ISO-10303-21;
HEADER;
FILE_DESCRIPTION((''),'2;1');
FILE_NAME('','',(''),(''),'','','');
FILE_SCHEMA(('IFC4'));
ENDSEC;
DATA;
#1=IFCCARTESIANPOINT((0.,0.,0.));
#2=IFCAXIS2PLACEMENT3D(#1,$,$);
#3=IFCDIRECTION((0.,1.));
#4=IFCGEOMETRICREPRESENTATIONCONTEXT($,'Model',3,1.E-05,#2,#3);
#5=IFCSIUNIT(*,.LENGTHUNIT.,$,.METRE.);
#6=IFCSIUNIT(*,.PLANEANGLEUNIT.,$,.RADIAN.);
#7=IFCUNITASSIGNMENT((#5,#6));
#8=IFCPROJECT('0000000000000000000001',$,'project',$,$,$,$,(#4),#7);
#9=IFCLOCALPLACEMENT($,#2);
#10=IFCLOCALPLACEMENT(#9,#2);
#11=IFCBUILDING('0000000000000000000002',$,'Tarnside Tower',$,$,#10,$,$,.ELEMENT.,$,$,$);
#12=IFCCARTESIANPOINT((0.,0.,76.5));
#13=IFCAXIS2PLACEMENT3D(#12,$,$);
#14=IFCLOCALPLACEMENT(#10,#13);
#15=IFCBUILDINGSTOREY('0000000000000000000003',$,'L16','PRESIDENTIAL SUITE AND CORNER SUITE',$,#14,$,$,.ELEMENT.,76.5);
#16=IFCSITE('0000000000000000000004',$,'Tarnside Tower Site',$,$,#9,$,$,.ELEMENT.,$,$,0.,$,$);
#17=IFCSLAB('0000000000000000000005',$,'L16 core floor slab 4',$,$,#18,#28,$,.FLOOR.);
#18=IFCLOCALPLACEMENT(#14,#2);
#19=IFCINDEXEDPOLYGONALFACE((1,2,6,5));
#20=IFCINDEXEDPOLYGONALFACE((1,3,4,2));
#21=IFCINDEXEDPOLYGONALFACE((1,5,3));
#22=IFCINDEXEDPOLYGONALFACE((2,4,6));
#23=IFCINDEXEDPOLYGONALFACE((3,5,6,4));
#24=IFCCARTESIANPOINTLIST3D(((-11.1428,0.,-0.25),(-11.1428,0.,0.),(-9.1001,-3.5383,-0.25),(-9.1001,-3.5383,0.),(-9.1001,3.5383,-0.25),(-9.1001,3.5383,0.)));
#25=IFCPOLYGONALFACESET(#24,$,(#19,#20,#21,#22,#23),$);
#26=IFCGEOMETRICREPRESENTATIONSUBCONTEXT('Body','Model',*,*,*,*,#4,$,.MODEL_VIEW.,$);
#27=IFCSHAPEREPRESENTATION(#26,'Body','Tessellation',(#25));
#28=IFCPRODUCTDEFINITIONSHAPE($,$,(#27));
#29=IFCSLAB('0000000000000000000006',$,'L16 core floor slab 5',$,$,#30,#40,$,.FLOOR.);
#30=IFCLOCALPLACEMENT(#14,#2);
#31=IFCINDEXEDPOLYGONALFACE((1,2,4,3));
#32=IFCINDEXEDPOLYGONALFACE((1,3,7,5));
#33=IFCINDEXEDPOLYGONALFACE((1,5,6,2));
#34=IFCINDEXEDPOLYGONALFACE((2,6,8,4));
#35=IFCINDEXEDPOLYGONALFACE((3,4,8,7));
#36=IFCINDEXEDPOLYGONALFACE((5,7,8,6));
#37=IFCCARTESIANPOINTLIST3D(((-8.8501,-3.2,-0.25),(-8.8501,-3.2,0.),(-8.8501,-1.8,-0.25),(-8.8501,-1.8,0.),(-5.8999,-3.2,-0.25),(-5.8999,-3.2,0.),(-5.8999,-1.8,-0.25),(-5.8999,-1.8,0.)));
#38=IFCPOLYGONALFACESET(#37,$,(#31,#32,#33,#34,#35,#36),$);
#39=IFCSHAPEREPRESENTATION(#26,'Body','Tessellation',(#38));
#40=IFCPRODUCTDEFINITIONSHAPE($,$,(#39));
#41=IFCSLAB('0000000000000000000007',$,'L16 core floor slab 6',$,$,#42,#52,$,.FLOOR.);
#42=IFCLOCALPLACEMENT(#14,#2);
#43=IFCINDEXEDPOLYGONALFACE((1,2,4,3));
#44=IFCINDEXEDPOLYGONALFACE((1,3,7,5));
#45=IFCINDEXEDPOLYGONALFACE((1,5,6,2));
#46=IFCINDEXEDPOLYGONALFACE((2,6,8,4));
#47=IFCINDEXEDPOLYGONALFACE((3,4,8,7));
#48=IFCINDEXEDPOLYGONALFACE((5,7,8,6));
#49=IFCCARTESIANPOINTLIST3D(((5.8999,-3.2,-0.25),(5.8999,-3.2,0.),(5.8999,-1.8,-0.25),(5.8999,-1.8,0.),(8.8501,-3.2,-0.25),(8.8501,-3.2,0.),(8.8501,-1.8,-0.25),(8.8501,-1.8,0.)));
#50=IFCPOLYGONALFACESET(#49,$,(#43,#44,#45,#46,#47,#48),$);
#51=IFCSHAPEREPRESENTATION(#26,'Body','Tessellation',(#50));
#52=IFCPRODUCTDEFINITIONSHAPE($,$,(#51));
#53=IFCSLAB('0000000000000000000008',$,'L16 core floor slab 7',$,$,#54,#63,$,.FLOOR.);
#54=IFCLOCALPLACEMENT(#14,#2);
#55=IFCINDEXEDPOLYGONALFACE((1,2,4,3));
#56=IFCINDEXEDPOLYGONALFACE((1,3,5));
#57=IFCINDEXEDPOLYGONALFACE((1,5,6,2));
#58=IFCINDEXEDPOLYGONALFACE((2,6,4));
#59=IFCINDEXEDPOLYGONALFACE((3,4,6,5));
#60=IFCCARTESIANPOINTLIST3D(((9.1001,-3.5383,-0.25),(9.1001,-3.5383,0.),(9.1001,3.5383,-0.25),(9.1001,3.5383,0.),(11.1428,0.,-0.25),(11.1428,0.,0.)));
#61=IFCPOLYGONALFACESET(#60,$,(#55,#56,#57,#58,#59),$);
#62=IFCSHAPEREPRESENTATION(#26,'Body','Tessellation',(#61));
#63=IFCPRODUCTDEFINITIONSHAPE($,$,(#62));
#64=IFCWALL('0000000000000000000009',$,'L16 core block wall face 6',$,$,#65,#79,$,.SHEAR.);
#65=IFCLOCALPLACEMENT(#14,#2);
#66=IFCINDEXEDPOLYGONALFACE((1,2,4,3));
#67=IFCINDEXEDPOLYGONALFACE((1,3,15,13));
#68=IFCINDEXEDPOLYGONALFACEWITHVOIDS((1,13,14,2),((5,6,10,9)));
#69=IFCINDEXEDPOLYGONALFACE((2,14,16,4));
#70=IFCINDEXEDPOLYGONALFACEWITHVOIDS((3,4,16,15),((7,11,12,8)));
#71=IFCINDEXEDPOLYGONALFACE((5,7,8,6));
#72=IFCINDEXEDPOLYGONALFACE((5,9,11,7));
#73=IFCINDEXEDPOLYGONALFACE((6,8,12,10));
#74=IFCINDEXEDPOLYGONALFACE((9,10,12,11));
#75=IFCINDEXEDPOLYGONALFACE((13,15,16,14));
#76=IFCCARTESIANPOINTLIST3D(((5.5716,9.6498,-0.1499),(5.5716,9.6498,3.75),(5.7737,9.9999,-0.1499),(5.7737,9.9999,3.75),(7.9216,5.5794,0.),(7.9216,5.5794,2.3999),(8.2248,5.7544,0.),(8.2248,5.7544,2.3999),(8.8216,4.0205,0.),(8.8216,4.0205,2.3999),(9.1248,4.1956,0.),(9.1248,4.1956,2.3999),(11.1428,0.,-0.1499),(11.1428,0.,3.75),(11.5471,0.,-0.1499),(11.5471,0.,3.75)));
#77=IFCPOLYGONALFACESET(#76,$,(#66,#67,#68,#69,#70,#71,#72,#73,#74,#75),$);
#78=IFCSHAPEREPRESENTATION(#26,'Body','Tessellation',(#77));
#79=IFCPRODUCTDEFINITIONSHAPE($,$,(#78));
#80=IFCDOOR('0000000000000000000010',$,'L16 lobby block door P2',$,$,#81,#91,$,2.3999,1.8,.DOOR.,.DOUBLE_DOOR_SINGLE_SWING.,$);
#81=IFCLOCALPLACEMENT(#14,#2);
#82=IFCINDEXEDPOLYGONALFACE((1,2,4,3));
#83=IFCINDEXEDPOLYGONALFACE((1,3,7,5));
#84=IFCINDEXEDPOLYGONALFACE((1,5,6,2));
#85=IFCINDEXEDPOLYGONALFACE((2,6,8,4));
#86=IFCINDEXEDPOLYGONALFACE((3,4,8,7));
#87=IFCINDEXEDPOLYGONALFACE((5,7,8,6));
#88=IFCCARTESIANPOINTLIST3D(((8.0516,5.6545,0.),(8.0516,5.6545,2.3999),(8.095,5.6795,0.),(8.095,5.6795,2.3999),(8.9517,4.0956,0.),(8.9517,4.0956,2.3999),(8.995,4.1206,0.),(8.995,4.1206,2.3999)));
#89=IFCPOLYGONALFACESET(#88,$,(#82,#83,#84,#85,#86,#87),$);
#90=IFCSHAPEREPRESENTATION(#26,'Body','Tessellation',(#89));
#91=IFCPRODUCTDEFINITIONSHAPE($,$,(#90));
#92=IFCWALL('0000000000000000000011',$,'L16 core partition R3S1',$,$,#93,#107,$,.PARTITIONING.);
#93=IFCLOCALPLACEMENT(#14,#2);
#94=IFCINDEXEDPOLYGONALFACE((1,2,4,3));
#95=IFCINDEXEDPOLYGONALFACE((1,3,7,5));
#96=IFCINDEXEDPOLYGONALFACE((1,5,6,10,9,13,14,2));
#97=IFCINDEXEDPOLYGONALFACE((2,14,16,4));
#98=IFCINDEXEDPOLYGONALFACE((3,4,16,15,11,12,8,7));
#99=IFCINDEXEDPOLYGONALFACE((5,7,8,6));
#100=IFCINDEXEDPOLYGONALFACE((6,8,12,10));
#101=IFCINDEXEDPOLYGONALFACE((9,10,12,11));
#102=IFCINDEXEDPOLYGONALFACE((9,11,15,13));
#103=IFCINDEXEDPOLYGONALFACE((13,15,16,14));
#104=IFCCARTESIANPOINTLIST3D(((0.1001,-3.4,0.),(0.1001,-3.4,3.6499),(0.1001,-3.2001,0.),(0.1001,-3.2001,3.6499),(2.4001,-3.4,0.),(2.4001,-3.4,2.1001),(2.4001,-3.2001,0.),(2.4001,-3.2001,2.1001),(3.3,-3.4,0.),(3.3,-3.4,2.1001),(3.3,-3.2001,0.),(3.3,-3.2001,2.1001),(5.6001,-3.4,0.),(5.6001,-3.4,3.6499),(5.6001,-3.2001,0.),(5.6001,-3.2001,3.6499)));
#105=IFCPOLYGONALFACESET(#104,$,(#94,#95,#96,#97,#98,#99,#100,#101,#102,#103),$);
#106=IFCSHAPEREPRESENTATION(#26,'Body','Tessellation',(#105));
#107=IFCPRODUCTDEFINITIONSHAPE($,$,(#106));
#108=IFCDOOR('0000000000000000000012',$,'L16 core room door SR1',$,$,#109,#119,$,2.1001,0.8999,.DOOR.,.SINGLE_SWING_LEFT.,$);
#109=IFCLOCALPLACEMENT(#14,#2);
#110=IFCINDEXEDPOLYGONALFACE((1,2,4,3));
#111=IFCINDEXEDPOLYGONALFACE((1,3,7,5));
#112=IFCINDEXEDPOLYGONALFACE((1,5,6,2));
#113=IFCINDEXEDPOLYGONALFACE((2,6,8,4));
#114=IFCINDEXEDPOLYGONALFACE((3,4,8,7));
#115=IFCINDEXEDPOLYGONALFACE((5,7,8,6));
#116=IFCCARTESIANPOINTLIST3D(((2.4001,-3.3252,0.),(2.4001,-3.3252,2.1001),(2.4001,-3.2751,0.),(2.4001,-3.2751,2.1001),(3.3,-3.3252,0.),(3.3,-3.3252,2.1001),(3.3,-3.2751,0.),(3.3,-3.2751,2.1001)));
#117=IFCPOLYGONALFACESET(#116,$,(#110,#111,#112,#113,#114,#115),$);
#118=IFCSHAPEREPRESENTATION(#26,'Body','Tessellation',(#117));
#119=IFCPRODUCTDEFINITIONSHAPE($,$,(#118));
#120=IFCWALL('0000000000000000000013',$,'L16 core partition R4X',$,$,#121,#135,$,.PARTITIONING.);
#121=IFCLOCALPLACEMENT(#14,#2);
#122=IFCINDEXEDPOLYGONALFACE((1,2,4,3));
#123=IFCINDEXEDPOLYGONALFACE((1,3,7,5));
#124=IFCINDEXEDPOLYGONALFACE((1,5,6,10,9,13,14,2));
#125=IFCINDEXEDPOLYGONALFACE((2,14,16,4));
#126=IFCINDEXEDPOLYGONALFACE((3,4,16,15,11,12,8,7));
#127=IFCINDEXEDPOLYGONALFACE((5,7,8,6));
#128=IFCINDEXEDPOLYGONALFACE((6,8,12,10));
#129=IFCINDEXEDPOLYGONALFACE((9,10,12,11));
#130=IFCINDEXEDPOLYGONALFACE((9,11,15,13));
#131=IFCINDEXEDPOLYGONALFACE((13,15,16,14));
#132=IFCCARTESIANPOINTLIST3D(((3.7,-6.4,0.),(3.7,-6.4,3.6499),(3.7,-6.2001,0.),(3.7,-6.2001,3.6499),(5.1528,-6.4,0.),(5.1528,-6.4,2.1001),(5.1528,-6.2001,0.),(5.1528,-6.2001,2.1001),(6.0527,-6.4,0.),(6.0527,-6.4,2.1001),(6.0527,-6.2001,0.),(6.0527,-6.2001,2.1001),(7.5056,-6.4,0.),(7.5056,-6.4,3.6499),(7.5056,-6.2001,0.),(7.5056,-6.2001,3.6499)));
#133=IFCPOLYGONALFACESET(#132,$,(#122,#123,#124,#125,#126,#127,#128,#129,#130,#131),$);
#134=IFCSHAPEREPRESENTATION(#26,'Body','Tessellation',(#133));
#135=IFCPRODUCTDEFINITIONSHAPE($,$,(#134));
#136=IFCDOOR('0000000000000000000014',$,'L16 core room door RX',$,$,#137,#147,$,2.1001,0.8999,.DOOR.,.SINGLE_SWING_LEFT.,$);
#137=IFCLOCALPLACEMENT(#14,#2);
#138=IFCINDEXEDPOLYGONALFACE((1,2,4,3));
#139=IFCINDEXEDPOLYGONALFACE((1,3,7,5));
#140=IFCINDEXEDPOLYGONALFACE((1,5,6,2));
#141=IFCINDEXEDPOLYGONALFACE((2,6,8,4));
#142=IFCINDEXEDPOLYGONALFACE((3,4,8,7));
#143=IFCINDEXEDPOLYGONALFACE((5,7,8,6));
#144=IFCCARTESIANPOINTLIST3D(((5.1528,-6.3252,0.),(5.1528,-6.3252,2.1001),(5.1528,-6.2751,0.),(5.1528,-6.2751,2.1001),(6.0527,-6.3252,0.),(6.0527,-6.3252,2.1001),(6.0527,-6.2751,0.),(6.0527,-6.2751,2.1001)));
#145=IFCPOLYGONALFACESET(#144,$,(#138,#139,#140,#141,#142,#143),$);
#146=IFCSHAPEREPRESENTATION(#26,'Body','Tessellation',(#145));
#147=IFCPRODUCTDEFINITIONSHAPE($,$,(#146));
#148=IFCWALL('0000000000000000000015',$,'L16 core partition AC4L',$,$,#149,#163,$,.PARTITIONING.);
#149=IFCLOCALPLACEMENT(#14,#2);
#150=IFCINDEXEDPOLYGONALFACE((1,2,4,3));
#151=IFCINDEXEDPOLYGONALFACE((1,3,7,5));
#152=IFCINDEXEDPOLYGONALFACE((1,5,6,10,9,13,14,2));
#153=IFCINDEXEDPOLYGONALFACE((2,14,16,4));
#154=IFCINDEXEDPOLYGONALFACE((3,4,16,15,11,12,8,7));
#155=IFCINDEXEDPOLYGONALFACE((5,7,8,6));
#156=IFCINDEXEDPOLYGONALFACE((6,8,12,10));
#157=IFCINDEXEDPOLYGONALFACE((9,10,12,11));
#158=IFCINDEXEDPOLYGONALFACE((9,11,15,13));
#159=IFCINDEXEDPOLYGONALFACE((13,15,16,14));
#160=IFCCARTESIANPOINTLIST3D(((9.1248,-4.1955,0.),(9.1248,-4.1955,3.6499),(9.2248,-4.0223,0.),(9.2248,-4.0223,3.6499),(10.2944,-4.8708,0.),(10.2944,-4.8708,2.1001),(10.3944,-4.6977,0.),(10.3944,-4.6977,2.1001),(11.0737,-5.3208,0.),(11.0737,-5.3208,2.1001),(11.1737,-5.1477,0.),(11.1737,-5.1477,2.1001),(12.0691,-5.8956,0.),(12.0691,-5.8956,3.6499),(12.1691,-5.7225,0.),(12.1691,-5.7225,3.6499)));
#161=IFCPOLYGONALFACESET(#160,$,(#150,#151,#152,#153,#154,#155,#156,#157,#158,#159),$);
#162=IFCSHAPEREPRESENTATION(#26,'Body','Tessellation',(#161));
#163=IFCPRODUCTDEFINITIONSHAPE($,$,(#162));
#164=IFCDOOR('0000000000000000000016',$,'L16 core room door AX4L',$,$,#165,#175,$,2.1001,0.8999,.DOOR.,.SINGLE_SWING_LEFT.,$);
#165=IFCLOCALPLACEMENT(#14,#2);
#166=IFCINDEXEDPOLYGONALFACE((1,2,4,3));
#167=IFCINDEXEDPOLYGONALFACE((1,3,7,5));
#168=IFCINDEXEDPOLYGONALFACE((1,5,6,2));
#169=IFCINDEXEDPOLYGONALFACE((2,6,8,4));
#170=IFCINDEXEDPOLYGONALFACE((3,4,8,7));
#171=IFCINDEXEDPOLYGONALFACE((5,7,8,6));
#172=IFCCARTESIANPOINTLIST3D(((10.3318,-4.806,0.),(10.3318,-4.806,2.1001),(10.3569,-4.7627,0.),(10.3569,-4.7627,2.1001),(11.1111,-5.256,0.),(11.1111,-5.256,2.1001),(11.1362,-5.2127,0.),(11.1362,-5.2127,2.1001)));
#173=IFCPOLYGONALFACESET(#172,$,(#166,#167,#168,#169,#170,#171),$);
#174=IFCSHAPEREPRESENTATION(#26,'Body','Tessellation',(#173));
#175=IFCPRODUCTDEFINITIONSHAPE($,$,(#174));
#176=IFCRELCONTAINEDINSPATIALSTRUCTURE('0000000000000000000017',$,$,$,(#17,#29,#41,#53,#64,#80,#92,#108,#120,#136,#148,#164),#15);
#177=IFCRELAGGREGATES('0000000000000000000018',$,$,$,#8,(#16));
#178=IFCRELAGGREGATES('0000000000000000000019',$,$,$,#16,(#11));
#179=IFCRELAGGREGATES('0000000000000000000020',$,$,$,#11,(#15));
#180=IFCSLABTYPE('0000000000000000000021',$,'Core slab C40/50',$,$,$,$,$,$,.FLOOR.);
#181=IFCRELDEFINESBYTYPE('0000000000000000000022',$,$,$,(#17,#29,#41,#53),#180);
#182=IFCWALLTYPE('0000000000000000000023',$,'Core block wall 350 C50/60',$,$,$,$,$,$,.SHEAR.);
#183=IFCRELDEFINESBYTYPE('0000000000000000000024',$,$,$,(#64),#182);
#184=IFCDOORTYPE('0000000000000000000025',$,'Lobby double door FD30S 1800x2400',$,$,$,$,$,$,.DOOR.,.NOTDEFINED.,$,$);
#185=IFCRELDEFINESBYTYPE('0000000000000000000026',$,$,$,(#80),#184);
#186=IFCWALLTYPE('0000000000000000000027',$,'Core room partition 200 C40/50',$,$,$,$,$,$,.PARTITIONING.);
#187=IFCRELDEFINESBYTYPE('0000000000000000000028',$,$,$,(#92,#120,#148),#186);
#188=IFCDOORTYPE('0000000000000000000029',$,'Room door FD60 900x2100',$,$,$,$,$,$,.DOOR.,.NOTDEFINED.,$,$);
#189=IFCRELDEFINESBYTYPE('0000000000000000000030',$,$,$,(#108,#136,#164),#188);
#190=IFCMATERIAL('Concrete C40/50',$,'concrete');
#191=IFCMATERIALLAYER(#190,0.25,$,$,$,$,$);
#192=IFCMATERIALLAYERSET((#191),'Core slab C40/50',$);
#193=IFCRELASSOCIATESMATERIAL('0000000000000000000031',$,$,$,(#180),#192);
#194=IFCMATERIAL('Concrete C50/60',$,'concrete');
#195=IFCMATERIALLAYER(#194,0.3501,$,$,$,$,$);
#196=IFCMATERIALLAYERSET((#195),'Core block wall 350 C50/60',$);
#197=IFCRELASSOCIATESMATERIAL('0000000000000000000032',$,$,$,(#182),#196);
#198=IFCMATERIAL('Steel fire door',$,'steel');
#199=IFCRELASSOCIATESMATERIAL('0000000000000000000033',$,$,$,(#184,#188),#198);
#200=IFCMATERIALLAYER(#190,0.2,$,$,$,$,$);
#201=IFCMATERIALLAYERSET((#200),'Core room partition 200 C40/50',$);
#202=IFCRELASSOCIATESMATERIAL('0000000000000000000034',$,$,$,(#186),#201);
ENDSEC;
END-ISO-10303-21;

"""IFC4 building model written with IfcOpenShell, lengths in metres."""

from ifc_helpers import new_model, si_unit, direction, frame, frame_2d, origin, place, context, subcontext, project, spatial, polyline, rectangle, outline, extrude, material, layer, layer_set, type_object, element, fill, save


model = new_model("IFC4")

# Units and contexts
model_context = context("Model", 3, precision=1e-05, world=origin(), true_north=direction((0.0, 1.0)))
body_context = subcontext(model_context, "Body", "Model", "MODEL_VIEW")
ifc_project = project(units=[si_unit("LENGTHUNIT", "METRE"), si_unit("PLANEANGLEUNIT", "RADIAN")], contexts=[model_context])

# Site, building, storey
site_placement = place(None, origin())
site = spatial("IfcSite", under=ifc_project, at=site_placement, Name="Tarnside Tower Site", CompositionType="ELEMENT", RefElevation=0.0)
building_placement = place(site_placement, origin())
building = spatial("IfcBuilding", under=site, at=building_placement, Name="Tarnside Tower", CompositionType="ELEMENT")
storey_placement = place(building_placement, frame((0.0, 0.0, 76.5)))
storey = spatial("IfcBuildingStorey", under=building, at=storey_placement, Name="L16", Description="PRESIDENTIAL SUITE AND CORNER SUITE", CompositionType="ELEMENT", Elevation=76.5)

# Slabs
ifc_material_1 = material(Name="Concrete C40/50", Category="concrete")
ifc_layer_1 = layer(ifc_material_1, 0.25)
ifc_layer_set_1 = layer_set([ifc_layer_1], Name="Core slab C40/50")
slab_type = type_object("IfcSlabType", Name="Core slab C40/50", PredefinedType="FLOOR", material=ifc_layer_set_1)
slab_1_placement = place(storey_placement, frame((0.0, 0.0, -0.25)))
element("IfcSlab", 1, at=slab_1_placement, inside=storey, type_object=slab_type, Name="L16 core floor slab 4", PredefinedType="FLOOR", context=body_context, shape_type="SweptSolid", body=[
    extrude(outline(polyline([(-11.1428, 0.0), (-9.1001, 3.5383), (-9.1001, -3.5383), (-11.1428, 0.0)])), origin(), (0.0, 0.0, 1.0), 0.25),
])
slab_2_placement = place(storey_placement, frame((0.0, 0.0, -0.25)))
element("IfcSlab", 2, at=slab_2_placement, inside=storey, type_object=slab_type, Name="L16 core floor slab 5", PredefinedType="FLOOR", context=body_context, shape_type="SweptSolid", body=[
    extrude(outline(polyline([(-8.8501, -1.8), (-5.8999, -1.8), (-5.8999, -3.2), (-8.8501, -3.2), (-8.8501, -1.8)])), origin(), (0.0, 0.0, 1.0), 0.25),
])
slab_3_placement = place(storey_placement, frame((0.0, 0.0, -0.25)))
element("IfcSlab", 3, at=slab_3_placement, inside=storey, type_object=slab_type, Name="L16 core floor slab 6", PredefinedType="FLOOR", context=body_context, shape_type="SweptSolid", body=[
    extrude(outline(polyline([(5.8999, -3.2), (5.8999, -1.8), (8.8501, -1.8), (8.8501, -3.2), (5.8999, -3.2)])), origin(), (0.0, 0.0, 1.0), 0.25),
])
slab_4_placement = place(storey_placement, frame((0.0, 0.0, -0.25)))
element("IfcSlab", 4, at=slab_4_placement, inside=storey, type_object=slab_type, Name="L16 core floor slab 7", PredefinedType="FLOOR", context=body_context, shape_type="SweptSolid", body=[
    extrude(outline(polyline([(9.1001, -3.5383), (9.1001, 3.5383), (11.1428, 0.0), (9.1001, -3.5383)])), origin(), (0.0, 0.0, 1.0), 0.25),
])

# Walls, openings, doors
ifc_material_2 = material(Name="Concrete C50/60", Category="concrete")
ifc_layer_2 = layer(ifc_material_2, 0.3501)
ifc_layer_set_2 = layer_set([ifc_layer_2], Name="Core block wall 350 C50/60")
wall_type_1 = type_object("IfcWallType", Name="Core block wall 350 C50/60", PredefinedType="SHEAR", material=ifc_layer_set_2)
wall_1_placement = place(storey_placement, frame((11.345, 0.0, -0.1499), z_axis=(0.0, 0.0, 1.0), x_axis=(-0.499995, 0.866028, 0.0)))
wall_1 = element("IfcWall", 5, at=wall_1_placement, inside=storey, type_object=wall_type_1, Name="L16 core block wall face 6", PredefinedType="SHEAR", context=body_context, shape_type="SweptSolid", body=[
    extrude(outline(polyline([(-0.1011, -0.175), (11.4458, -0.175), (11.2437, 0.175), (0.1011, 0.175), (-0.1011, -0.175)])), origin(), (0.0, 0.0, 1.0), 3.8999),
])
opening_1_placement = place(wall_1_placement, frame((4.7437, 0.0, 0.1499)))
opening_1 = element("IfcOpeningElement", 6, at=opening_1_placement, cuts=wall_1, PredefinedType="OPENING", context=body_context, shape_type="SweptSolid", body=[
    extrude(rectangle(XDim=1.8, YDim=2.3999, at=frame_2d((0.8999, 1.2))), frame((0.0, 0.1851, 0.0), z_axis=(0.0, -1.0, 0.0), x_axis=(1.0, 0.0, 0.0)), (0.0, 0.0, 1.0), 0.3701),
])
ifc_material_3 = material(Name="Steel fire door", Category="steel")
door_type_1 = type_object("IfcDoorType", Name="Lobby double door FD30S 1800x2400", OperationType="NOTDEFINED", PredefinedType="DOOR", material=ifc_material_3)
door_1_placement = place(opening_1_placement, origin())
door_1 = element("IfcDoor", 7, at=door_1_placement, inside=storey, type_object=door_type_1, Name="L16 lobby block door P2", OperationType="DOUBLE_DOOR_SINGLE_SWING", OverallHeight=2.3999, OverallWidth=1.8, PredefinedType="DOOR", context=body_context, shape_type="SweptSolid", body=[
    extrude(rectangle(XDim=1.8, YDim=2.3999, at=frame_2d((0.8999, 1.2))), frame((0.0, 0.0249, 0.0), z_axis=(0.0, -1.0, 0.0), x_axis=(1.0, 0.0, 0.0)), (0.0, 0.0, 1.0), 0.05),
])
fill(opening_1, door_1)
ifc_layer_3 = layer(ifc_material_1, 0.2)
ifc_layer_set_3 = layer_set([ifc_layer_3], Name="Core room partition 200 C40/50")
wall_type_2 = type_object("IfcWallType", Name="Core room partition 200 C40/50", PredefinedType="PARTITIONING", material=ifc_layer_set_3)
wall_2_placement = place(storey_placement, frame((0.1001, -3.3, 0.0), z_axis=(0.0, 0.0, 1.0), x_axis=(1.0, 0.0, 0.0)))
wall_2 = element("IfcWall", 8, at=wall_2_placement, inside=storey, type_object=wall_type_2, Name="L16 core partition R3S1", PredefinedType="PARTITIONING", context=body_context, shape_type="SweptSolid", body=[
    extrude(rectangle(XDim=5.5, YDim=0.2, at=frame_2d((2.75, 0.0))), origin(), (0.0, 0.0, 1.0), 3.6499),
])
opening_2_placement = place(wall_2_placement, frame((2.3, 0.0, 0.0)))
opening_2 = element("IfcOpeningElement", 9, at=opening_2_placement, cuts=wall_2, PredefinedType="OPENING", context=body_context, shape_type="SweptSolid", body=[
    extrude(rectangle(XDim=0.8999, YDim=2.1001, at=frame_2d((0.45, 1.05))), frame((0.0, 0.1099, 0.0), z_axis=(0.0, -1.0, 0.0), x_axis=(1.0, 0.0, 0.0)), (0.0, 0.0, 1.0), 0.22),
])
door_type_2 = type_object("IfcDoorType", Name="Room door FD60 900x2100", OperationType="NOTDEFINED", PredefinedType="DOOR", material=ifc_material_3)
door_2_placement = place(opening_2_placement, origin())
door_2 = element("IfcDoor", 10, at=door_2_placement, inside=storey, type_object=door_type_2, Name="L16 core room door SR1", OperationType="SINGLE_SWING_LEFT", OverallHeight=2.1001, OverallWidth=0.8999, PredefinedType="DOOR", context=body_context, shape_type="SweptSolid", body=[
    extrude(rectangle(XDim=0.8999, YDim=2.1001, at=frame_2d((0.45, 1.05))), frame((0.0, 0.0249, 0.0), z_axis=(0.0, -1.0, 0.0), x_axis=(1.0, 0.0, 0.0)), (0.0, 0.0, 1.0), 0.05),
])
fill(opening_2, door_2)
wall_3_placement = place(storey_placement, frame((3.7, -6.3, 0.0), z_axis=(0.0, 0.0, 1.0), x_axis=(1.0, 0.0, 0.0)))
wall_3 = element("IfcWall", 11, at=wall_3_placement, inside=storey, type_object=wall_type_2, Name="L16 core partition R4X", PredefinedType="PARTITIONING", context=body_context, shape_type="SweptSolid", body=[
    extrude(rectangle(XDim=3.8057, YDim=0.2, at=frame_2d((1.9028, 0.0))), origin(), (0.0, 0.0, 1.0), 3.6499),
])
opening_3_placement = place(wall_3_placement, frame((1.4529, 0.0, 0.0)))
opening_3 = element("IfcOpeningElement", 12, at=opening_3_placement, cuts=wall_3, PredefinedType="OPENING", context=body_context, shape_type="SweptSolid", body=[
    extrude(rectangle(XDim=0.8999, YDim=2.1001, at=frame_2d((0.45, 1.05))), frame((0.0, 0.1099, 0.0), z_axis=(0.0, -1.0, 0.0), x_axis=(1.0, 0.0, 0.0)), (0.0, 0.0, 1.0), 0.22),
])
door_3_placement = place(opening_3_placement, origin())
door_3 = element("IfcDoor", 13, at=door_3_placement, inside=storey, type_object=door_type_2, Name="L16 core room door RX", OperationType="SINGLE_SWING_LEFT", OverallHeight=2.1001, OverallWidth=0.8999, PredefinedType="DOOR", context=body_context, shape_type="SweptSolid", body=[
    extrude(rectangle(XDim=0.8999, YDim=2.1001, at=frame_2d((0.45, 1.05))), frame((0.0, 0.0249, 0.0), z_axis=(0.0, -1.0, 0.0), x_axis=(1.0, 0.0, 0.0)), (0.0, 0.0, 1.0), 0.05),
])
fill(opening_3, door_3)
wall_4_placement = place(storey_placement, frame((9.1748, -4.1089, 0.0), z_axis=(0.0, 0.0, 1.0), x_axis=(0.865989, -0.500062, 0.0)))
wall_4 = element("IfcWall", 14, at=wall_4_placement, inside=storey, type_object=wall_type_2, Name="L16 core partition AC4L", PredefinedType="PARTITIONING", context=body_context, shape_type="SweptSolid", body=[
    extrude(rectangle(XDim=3.3999, YDim=0.2, at=frame_2d((1.7, 0.0))), origin(), (0.0, 0.0, 1.0), 3.6499),
])
opening_4_placement = place(wall_4_placement, frame((1.3506, 0.0, 0.0)))
opening_4 = element("IfcOpeningElement", 15, at=opening_4_placement, cuts=wall_4, PredefinedType="OPENING", context=body_context, shape_type="SweptSolid", body=[
    extrude(rectangle(XDim=0.8999, YDim=2.1001, at=frame_2d((0.45, 1.05))), frame((0.0, 0.1099, 0.0), z_axis=(0.0, -1.0, 0.0), x_axis=(1.0, 0.0, 0.0)), (0.0, 0.0, 1.0), 0.22),
])
door_4_placement = place(opening_4_placement, origin())
door_4 = element("IfcDoor", 16, at=door_4_placement, inside=storey, type_object=door_type_2, Name="L16 core room door AX4L", OperationType="SINGLE_SWING_LEFT", OverallHeight=2.1001, OverallWidth=0.8999, PredefinedType="DOOR", context=body_context, shape_type="SweptSolid", body=[
    extrude(rectangle(XDim=0.8999, YDim=2.1001, at=frame_2d((0.45, 1.05))), frame((0.0, 0.0249, 0.0), z_axis=(0.0, -1.0, 0.0), x_axis=(1.0, 0.0, 0.0)), (0.0, 0.0, 1.0), 0.05),
])
fill(opening_4, door_4)

save(model, "model.ifc")
